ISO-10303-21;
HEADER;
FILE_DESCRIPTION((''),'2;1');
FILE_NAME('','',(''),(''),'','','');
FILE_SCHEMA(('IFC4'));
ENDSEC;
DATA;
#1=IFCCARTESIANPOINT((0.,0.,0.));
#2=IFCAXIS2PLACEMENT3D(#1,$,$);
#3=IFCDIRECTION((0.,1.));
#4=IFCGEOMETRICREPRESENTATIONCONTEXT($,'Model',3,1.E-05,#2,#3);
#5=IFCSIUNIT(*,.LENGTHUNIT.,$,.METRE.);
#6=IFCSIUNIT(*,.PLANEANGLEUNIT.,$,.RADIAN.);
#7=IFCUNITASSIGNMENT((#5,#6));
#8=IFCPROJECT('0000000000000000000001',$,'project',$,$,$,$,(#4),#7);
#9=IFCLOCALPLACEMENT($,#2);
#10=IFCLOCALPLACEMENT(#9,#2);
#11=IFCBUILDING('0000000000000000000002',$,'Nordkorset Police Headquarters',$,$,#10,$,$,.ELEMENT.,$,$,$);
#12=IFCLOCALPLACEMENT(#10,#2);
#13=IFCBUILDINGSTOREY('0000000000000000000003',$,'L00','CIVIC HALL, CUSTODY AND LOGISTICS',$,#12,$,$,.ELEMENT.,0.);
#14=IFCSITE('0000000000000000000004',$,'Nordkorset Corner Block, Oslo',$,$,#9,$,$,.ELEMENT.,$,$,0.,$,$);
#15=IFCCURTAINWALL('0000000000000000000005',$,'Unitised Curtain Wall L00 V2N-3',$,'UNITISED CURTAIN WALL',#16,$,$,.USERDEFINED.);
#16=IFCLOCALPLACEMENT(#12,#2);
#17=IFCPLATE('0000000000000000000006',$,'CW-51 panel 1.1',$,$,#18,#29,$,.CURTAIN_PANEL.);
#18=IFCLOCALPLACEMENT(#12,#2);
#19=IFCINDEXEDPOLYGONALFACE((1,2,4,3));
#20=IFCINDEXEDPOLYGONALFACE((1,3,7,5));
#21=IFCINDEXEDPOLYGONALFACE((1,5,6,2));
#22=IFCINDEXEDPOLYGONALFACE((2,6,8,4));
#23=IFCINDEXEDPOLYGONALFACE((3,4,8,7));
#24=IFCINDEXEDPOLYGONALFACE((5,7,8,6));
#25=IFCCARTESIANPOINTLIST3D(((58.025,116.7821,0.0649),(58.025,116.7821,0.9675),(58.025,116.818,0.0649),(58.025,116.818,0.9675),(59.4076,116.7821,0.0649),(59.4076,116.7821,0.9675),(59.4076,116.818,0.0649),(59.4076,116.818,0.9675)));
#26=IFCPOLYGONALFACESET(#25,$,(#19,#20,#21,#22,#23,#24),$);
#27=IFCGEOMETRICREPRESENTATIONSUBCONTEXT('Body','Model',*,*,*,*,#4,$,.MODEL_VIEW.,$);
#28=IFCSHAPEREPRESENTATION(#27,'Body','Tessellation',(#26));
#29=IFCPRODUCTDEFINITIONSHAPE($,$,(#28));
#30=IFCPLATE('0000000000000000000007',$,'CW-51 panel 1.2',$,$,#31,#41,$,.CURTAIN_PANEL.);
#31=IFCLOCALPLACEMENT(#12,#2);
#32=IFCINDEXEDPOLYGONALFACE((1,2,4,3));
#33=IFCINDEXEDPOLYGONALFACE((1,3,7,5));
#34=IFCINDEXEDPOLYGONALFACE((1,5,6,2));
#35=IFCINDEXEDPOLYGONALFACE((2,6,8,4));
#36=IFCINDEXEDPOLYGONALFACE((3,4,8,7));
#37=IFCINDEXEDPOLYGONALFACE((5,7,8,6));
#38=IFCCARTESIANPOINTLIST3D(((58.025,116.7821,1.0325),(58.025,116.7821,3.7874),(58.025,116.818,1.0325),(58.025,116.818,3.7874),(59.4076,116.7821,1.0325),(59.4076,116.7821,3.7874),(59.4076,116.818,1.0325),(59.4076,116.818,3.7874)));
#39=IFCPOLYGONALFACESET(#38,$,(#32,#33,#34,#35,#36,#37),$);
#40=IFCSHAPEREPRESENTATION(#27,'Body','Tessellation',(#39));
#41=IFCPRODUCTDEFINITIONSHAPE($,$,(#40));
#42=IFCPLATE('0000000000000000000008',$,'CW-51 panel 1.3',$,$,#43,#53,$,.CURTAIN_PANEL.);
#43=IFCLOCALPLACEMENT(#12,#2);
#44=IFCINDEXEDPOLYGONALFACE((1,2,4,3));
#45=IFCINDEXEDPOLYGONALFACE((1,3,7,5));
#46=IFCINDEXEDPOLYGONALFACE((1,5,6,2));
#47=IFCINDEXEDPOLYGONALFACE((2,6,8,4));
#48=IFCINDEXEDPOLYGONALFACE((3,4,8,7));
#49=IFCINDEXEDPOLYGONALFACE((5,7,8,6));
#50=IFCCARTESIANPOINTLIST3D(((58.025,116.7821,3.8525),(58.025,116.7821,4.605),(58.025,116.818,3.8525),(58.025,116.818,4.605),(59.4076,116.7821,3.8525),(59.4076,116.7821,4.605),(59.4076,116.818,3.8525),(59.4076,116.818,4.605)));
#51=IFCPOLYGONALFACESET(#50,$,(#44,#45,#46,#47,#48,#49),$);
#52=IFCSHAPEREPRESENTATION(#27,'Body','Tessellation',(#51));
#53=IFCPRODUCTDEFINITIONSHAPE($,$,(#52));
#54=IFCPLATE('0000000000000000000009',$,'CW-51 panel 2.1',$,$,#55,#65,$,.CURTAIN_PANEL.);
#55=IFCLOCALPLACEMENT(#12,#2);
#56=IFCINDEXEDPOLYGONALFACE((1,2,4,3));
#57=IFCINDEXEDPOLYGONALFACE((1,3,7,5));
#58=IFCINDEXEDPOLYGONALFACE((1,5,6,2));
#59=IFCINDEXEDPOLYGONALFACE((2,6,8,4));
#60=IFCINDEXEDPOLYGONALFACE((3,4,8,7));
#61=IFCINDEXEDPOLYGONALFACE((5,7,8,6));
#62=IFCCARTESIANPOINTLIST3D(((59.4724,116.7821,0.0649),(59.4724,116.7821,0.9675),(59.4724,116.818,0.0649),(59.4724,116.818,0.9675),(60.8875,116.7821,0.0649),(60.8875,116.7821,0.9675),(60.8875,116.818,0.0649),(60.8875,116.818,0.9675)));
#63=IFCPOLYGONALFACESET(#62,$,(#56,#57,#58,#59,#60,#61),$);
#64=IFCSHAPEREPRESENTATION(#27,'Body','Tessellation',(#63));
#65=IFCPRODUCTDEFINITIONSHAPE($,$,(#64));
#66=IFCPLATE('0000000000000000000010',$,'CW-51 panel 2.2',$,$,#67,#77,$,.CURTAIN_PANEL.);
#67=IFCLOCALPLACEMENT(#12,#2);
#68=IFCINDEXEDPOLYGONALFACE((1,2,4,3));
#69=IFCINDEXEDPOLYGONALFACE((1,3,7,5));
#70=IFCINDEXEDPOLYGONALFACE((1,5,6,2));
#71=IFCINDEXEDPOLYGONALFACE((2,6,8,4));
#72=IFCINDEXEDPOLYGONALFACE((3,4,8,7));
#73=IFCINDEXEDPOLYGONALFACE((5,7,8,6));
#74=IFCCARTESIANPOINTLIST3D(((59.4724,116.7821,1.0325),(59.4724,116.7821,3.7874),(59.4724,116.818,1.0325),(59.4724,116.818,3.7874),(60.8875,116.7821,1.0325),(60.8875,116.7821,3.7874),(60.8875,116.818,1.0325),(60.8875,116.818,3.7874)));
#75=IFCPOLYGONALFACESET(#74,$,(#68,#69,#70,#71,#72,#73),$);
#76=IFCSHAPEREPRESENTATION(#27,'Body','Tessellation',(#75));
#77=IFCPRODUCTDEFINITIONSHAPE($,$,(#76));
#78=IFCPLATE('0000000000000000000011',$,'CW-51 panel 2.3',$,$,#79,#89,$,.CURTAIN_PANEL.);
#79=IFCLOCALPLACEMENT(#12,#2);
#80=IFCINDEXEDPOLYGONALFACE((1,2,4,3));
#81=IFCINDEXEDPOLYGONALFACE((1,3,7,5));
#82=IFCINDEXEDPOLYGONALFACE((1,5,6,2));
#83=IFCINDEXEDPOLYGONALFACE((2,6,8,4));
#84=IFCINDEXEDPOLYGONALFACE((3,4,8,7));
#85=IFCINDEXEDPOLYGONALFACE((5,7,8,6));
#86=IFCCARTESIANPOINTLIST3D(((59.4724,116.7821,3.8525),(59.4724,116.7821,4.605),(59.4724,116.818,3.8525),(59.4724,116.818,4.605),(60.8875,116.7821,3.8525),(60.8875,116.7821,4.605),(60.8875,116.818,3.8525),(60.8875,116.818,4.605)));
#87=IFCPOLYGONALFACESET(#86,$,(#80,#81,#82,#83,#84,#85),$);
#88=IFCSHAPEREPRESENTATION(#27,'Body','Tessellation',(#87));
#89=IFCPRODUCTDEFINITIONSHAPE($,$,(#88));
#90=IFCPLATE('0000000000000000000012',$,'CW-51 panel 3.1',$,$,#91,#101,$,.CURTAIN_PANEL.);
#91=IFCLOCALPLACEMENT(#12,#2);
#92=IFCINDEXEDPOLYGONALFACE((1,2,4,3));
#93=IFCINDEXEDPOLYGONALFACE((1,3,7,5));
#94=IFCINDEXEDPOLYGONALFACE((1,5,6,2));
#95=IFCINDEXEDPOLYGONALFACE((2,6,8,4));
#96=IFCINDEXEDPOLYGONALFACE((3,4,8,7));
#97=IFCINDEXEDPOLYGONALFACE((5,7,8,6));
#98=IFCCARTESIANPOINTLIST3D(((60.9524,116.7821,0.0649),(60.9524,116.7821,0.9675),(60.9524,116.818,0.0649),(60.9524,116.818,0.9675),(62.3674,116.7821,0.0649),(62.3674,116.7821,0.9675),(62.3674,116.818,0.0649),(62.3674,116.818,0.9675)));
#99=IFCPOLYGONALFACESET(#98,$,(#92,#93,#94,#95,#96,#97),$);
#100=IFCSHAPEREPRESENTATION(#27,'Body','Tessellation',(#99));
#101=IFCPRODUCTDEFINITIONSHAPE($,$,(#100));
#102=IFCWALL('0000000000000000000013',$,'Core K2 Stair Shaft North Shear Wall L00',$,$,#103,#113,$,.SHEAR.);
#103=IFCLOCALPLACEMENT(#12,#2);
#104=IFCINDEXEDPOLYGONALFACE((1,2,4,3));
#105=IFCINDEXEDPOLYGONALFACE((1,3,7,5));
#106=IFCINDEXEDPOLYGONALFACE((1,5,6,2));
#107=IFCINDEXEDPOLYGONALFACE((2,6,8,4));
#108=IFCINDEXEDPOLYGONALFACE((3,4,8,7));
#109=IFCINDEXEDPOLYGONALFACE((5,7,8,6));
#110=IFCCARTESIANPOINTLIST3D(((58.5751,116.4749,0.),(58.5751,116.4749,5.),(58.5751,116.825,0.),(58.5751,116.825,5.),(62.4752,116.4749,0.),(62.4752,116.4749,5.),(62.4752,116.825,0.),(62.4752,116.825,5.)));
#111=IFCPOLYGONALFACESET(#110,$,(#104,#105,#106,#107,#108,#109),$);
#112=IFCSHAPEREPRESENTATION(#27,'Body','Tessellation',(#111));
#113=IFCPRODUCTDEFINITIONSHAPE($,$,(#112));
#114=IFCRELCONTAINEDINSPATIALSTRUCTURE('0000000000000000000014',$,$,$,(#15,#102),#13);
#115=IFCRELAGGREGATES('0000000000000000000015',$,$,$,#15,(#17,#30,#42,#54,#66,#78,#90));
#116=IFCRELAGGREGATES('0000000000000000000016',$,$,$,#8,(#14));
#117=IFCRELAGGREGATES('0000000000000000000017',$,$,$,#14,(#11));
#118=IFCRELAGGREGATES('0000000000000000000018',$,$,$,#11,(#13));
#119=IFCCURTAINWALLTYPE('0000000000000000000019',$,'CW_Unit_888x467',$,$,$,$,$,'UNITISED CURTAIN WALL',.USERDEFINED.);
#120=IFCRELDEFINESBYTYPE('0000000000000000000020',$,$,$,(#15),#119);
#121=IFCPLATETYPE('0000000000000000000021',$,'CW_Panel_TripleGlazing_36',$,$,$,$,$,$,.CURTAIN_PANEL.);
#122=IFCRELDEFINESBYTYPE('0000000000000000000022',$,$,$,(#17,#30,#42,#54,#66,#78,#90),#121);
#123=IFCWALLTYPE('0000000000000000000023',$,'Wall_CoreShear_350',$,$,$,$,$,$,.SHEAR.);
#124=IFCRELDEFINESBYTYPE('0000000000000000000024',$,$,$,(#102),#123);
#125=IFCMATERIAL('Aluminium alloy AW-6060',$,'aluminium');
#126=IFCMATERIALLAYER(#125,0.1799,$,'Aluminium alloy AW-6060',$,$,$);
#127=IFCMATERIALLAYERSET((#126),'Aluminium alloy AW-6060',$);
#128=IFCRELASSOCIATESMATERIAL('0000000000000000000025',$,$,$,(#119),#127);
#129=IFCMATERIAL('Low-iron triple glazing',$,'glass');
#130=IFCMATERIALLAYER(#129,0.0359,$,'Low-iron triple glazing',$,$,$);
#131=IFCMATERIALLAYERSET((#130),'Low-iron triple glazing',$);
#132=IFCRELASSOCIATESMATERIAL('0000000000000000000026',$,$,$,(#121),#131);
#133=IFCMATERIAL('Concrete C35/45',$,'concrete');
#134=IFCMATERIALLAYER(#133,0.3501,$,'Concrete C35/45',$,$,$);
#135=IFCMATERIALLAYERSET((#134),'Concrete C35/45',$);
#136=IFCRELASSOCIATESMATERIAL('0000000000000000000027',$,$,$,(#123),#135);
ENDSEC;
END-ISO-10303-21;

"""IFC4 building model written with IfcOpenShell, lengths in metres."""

from ifc_helpers import new_model, si_unit, direction, frame, frame_2d, origin, origin_2d, place, context, subcontext, project, spatial, rectangle, extrude, material, layer, layer_set, type_object, element, aggregate, save


model = new_model("IFC4")

# Units and contexts
model_context = context("Model", 3, precision=1e-05, world=origin(), true_north=direction((0.0, 1.0)))
body_context = subcontext(model_context, "Body", "Model", "MODEL_VIEW")
ifc_project = project(units=[si_unit("LENGTHUNIT", "METRE"), si_unit("PLANEANGLEUNIT", "RADIAN")], contexts=[model_context])

# Site, building, storey
site_placement = place(None, origin())
site = spatial("IfcSite", under=ifc_project, at=site_placement, Name="Nordkorset Corner Block, Oslo", CompositionType="ELEMENT", RefElevation=0.0)
building_placement = place(site_placement, origin())
building = spatial("IfcBuilding", under=site, at=building_placement, Name="Nordkorset Police Headquarters", CompositionType="ELEMENT")
storey_placement = place(building_placement, origin())
storey = spatial("IfcBuildingStorey", under=building, at=storey_placement, Name="L00", Description="CIVIC HALL, CUSTODY AND LOGISTICS", CompositionType="ELEMENT", Elevation=0.0)

# Curtain wall, plates
ifc_material_1 = material(Name="Aluminium alloy AW-6060", Category="aluminium")
ifc_layer_1 = layer(ifc_material_1, 0.1799, Name="Aluminium alloy AW-6060")
ifc_layer_set_1 = layer_set([ifc_layer_1], Name="Aluminium alloy AW-6060")
curtain_wall_type = type_object("IfcCurtainWallType", Name="CW_Unit_888x467", ElementType="UNITISED CURTAIN WALL", PredefinedType="USERDEFINED", material=ifc_layer_set_1)
curtain_wall_placement = place(storey_placement, origin())
curtain_wall = element("IfcCurtainWall", 1, at=curtain_wall_placement, inside=storey, type_object=curtain_wall_type, Name="Unitised Curtain Wall L00 V2N-3", ObjectType="UNITISED CURTAIN WALL", PredefinedType="USERDEFINED")
ifc_material_2 = material(Name="Low-iron triple glazing", Category="glass")
ifc_layer_2 = layer(ifc_material_2, 0.0359, Name="Low-iron triple glazing")
ifc_layer_set_2 = layer_set([ifc_layer_2], Name="Low-iron triple glazing")
plate_type = type_object("IfcPlateType", Name="CW_Panel_TripleGlazing_36", PredefinedType="CURTAIN_PANEL", material=ifc_layer_set_2)
plate_1_placement = place(storey_placement, frame((58.7163, 116.8, 0.0649), z_axis=(0.0, 0.0, 1.0), x_axis=(1.0, 0.0, 0.0)))
plate_1 = element("IfcPlate", 2, at=plate_1_placement, type_object=plate_type, Name="CW-51 panel 1.1", PredefinedType="CURTAIN_PANEL", context=body_context, shape_type="SweptSolid", body=[
    extrude(rectangle(XDim=1.3826, YDim=0.0359, at=origin_2d()), origin(), (0.0, 0.0, 1.0), 0.9026),
])
plate_2_placement = place(storey_placement, frame((58.7163, 116.8, 1.0325), z_axis=(0.0, 0.0, 1.0), x_axis=(1.0, 0.0, 0.0)))
plate_2 = element("IfcPlate", 3, at=plate_2_placement, type_object=plate_type, Name="CW-51 panel 1.2", PredefinedType="CURTAIN_PANEL", context=body_context, shape_type="SweptSolid", body=[
    extrude(rectangle(XDim=1.3826, YDim=0.0359, at=origin_2d()), origin(), (0.0, 0.0, 1.0), 2.7549),
])
plate_3_placement = place(storey_placement, frame((58.7163, 116.8, 3.8525), z_axis=(0.0, 0.0, 1.0), x_axis=(1.0, 0.0, 0.0)))
plate_3 = element("IfcPlate", 4, at=plate_3_placement, type_object=plate_type, Name="CW-51 panel 1.3", PredefinedType="CURTAIN_PANEL", context=body_context, shape_type="SweptSolid", body=[
    extrude(rectangle(XDim=1.3826, YDim=0.0359, at=origin_2d()), origin(), (0.0, 0.0, 1.0), 0.7524),
])
plate_4_placement = place(storey_placement, frame((60.1799, 116.8, 0.0649), z_axis=(0.0, 0.0, 1.0), x_axis=(1.0, 0.0, 0.0)))
plate_4 = element("IfcPlate", 5, at=plate_4_placement, type_object=plate_type, Name="CW-51 panel 2.1", PredefinedType="CURTAIN_PANEL", context=body_context, shape_type="SweptSolid", body=[
    extrude(rectangle(XDim=1.415, YDim=0.0359, at=origin_2d()), origin(), (0.0, 0.0, 1.0), 0.9026),
])
plate_5_placement = place(storey_placement, frame((60.1799, 116.8, 1.0325), z_axis=(0.0, 0.0, 1.0), x_axis=(1.0, 0.0, 0.0)))
plate_5 = element("IfcPlate", 6, at=plate_5_placement, type_object=plate_type, Name="CW-51 panel 2.2", PredefinedType="CURTAIN_PANEL", context=body_context, shape_type="SweptSolid", body=[
    extrude(rectangle(XDim=1.415, YDim=0.0359, at=origin_2d()), origin(), (0.0, 0.0, 1.0), 2.7549),
])
plate_6_placement = place(storey_placement, frame((60.1799, 116.8, 3.8525), z_axis=(0.0, 0.0, 1.0), x_axis=(1.0, 0.0, 0.0)))
plate_6 = element("IfcPlate", 7, at=plate_6_placement, type_object=plate_type, Name="CW-51 panel 2.3", PredefinedType="CURTAIN_PANEL", context=body_context, shape_type="SweptSolid", body=[
    extrude(rectangle(XDim=1.415, YDim=0.0359, at=origin_2d()), origin(), (0.0, 0.0, 1.0), 0.7524),
])
plate_7_placement = place(storey_placement, frame((61.6599, 116.8, 0.0649), z_axis=(0.0, 0.0, 1.0), x_axis=(1.0, 0.0, 0.0)))
plate_7 = element("IfcPlate", 8, at=plate_7_placement, type_object=plate_type, Name="CW-51 panel 3.1", PredefinedType="CURTAIN_PANEL", context=body_context, shape_type="SweptSolid", body=[
    extrude(rectangle(XDim=1.415, YDim=0.0359, at=origin_2d()), origin(), (0.0, 0.0, 1.0), 0.9026),
])
aggregate(curtain_wall, [plate_1, plate_2, plate_3, plate_4, plate_5, plate_6, plate_7])

# Wall
ifc_material_3 = material(Name="Concrete C35/45", Category="concrete")
ifc_layer_3 = layer(ifc_material_3, 0.3501, Name="Concrete C35/45")
ifc_layer_set_3 = layer_set([ifc_layer_3], Name="Concrete C35/45")
wall_type = type_object("IfcWallType", Name="Wall_CoreShear_350", PredefinedType="SHEAR", material=ifc_layer_set_3)
wall_placement = place(storey_placement, frame((58.575, 116.6499, 0.0), z_axis=(0.0, 0.0, 1.0), x_axis=(1.0, 0.0, 0.0)))
element("IfcWall", 9, at=wall_placement, inside=storey, type_object=wall_type, Name="Core K2 Stair Shaft North Shear Wall L00", PredefinedType="SHEAR", context=body_context, shape_type="SweptSolid", body=[
    extrude(rectangle(XDim=3.9001, YDim=0.3501, at=frame_2d((1.9502, 0.0))), origin(), (0.0, 0.0, 1.0), 5.0),
])

save(model, "model.ifc")
